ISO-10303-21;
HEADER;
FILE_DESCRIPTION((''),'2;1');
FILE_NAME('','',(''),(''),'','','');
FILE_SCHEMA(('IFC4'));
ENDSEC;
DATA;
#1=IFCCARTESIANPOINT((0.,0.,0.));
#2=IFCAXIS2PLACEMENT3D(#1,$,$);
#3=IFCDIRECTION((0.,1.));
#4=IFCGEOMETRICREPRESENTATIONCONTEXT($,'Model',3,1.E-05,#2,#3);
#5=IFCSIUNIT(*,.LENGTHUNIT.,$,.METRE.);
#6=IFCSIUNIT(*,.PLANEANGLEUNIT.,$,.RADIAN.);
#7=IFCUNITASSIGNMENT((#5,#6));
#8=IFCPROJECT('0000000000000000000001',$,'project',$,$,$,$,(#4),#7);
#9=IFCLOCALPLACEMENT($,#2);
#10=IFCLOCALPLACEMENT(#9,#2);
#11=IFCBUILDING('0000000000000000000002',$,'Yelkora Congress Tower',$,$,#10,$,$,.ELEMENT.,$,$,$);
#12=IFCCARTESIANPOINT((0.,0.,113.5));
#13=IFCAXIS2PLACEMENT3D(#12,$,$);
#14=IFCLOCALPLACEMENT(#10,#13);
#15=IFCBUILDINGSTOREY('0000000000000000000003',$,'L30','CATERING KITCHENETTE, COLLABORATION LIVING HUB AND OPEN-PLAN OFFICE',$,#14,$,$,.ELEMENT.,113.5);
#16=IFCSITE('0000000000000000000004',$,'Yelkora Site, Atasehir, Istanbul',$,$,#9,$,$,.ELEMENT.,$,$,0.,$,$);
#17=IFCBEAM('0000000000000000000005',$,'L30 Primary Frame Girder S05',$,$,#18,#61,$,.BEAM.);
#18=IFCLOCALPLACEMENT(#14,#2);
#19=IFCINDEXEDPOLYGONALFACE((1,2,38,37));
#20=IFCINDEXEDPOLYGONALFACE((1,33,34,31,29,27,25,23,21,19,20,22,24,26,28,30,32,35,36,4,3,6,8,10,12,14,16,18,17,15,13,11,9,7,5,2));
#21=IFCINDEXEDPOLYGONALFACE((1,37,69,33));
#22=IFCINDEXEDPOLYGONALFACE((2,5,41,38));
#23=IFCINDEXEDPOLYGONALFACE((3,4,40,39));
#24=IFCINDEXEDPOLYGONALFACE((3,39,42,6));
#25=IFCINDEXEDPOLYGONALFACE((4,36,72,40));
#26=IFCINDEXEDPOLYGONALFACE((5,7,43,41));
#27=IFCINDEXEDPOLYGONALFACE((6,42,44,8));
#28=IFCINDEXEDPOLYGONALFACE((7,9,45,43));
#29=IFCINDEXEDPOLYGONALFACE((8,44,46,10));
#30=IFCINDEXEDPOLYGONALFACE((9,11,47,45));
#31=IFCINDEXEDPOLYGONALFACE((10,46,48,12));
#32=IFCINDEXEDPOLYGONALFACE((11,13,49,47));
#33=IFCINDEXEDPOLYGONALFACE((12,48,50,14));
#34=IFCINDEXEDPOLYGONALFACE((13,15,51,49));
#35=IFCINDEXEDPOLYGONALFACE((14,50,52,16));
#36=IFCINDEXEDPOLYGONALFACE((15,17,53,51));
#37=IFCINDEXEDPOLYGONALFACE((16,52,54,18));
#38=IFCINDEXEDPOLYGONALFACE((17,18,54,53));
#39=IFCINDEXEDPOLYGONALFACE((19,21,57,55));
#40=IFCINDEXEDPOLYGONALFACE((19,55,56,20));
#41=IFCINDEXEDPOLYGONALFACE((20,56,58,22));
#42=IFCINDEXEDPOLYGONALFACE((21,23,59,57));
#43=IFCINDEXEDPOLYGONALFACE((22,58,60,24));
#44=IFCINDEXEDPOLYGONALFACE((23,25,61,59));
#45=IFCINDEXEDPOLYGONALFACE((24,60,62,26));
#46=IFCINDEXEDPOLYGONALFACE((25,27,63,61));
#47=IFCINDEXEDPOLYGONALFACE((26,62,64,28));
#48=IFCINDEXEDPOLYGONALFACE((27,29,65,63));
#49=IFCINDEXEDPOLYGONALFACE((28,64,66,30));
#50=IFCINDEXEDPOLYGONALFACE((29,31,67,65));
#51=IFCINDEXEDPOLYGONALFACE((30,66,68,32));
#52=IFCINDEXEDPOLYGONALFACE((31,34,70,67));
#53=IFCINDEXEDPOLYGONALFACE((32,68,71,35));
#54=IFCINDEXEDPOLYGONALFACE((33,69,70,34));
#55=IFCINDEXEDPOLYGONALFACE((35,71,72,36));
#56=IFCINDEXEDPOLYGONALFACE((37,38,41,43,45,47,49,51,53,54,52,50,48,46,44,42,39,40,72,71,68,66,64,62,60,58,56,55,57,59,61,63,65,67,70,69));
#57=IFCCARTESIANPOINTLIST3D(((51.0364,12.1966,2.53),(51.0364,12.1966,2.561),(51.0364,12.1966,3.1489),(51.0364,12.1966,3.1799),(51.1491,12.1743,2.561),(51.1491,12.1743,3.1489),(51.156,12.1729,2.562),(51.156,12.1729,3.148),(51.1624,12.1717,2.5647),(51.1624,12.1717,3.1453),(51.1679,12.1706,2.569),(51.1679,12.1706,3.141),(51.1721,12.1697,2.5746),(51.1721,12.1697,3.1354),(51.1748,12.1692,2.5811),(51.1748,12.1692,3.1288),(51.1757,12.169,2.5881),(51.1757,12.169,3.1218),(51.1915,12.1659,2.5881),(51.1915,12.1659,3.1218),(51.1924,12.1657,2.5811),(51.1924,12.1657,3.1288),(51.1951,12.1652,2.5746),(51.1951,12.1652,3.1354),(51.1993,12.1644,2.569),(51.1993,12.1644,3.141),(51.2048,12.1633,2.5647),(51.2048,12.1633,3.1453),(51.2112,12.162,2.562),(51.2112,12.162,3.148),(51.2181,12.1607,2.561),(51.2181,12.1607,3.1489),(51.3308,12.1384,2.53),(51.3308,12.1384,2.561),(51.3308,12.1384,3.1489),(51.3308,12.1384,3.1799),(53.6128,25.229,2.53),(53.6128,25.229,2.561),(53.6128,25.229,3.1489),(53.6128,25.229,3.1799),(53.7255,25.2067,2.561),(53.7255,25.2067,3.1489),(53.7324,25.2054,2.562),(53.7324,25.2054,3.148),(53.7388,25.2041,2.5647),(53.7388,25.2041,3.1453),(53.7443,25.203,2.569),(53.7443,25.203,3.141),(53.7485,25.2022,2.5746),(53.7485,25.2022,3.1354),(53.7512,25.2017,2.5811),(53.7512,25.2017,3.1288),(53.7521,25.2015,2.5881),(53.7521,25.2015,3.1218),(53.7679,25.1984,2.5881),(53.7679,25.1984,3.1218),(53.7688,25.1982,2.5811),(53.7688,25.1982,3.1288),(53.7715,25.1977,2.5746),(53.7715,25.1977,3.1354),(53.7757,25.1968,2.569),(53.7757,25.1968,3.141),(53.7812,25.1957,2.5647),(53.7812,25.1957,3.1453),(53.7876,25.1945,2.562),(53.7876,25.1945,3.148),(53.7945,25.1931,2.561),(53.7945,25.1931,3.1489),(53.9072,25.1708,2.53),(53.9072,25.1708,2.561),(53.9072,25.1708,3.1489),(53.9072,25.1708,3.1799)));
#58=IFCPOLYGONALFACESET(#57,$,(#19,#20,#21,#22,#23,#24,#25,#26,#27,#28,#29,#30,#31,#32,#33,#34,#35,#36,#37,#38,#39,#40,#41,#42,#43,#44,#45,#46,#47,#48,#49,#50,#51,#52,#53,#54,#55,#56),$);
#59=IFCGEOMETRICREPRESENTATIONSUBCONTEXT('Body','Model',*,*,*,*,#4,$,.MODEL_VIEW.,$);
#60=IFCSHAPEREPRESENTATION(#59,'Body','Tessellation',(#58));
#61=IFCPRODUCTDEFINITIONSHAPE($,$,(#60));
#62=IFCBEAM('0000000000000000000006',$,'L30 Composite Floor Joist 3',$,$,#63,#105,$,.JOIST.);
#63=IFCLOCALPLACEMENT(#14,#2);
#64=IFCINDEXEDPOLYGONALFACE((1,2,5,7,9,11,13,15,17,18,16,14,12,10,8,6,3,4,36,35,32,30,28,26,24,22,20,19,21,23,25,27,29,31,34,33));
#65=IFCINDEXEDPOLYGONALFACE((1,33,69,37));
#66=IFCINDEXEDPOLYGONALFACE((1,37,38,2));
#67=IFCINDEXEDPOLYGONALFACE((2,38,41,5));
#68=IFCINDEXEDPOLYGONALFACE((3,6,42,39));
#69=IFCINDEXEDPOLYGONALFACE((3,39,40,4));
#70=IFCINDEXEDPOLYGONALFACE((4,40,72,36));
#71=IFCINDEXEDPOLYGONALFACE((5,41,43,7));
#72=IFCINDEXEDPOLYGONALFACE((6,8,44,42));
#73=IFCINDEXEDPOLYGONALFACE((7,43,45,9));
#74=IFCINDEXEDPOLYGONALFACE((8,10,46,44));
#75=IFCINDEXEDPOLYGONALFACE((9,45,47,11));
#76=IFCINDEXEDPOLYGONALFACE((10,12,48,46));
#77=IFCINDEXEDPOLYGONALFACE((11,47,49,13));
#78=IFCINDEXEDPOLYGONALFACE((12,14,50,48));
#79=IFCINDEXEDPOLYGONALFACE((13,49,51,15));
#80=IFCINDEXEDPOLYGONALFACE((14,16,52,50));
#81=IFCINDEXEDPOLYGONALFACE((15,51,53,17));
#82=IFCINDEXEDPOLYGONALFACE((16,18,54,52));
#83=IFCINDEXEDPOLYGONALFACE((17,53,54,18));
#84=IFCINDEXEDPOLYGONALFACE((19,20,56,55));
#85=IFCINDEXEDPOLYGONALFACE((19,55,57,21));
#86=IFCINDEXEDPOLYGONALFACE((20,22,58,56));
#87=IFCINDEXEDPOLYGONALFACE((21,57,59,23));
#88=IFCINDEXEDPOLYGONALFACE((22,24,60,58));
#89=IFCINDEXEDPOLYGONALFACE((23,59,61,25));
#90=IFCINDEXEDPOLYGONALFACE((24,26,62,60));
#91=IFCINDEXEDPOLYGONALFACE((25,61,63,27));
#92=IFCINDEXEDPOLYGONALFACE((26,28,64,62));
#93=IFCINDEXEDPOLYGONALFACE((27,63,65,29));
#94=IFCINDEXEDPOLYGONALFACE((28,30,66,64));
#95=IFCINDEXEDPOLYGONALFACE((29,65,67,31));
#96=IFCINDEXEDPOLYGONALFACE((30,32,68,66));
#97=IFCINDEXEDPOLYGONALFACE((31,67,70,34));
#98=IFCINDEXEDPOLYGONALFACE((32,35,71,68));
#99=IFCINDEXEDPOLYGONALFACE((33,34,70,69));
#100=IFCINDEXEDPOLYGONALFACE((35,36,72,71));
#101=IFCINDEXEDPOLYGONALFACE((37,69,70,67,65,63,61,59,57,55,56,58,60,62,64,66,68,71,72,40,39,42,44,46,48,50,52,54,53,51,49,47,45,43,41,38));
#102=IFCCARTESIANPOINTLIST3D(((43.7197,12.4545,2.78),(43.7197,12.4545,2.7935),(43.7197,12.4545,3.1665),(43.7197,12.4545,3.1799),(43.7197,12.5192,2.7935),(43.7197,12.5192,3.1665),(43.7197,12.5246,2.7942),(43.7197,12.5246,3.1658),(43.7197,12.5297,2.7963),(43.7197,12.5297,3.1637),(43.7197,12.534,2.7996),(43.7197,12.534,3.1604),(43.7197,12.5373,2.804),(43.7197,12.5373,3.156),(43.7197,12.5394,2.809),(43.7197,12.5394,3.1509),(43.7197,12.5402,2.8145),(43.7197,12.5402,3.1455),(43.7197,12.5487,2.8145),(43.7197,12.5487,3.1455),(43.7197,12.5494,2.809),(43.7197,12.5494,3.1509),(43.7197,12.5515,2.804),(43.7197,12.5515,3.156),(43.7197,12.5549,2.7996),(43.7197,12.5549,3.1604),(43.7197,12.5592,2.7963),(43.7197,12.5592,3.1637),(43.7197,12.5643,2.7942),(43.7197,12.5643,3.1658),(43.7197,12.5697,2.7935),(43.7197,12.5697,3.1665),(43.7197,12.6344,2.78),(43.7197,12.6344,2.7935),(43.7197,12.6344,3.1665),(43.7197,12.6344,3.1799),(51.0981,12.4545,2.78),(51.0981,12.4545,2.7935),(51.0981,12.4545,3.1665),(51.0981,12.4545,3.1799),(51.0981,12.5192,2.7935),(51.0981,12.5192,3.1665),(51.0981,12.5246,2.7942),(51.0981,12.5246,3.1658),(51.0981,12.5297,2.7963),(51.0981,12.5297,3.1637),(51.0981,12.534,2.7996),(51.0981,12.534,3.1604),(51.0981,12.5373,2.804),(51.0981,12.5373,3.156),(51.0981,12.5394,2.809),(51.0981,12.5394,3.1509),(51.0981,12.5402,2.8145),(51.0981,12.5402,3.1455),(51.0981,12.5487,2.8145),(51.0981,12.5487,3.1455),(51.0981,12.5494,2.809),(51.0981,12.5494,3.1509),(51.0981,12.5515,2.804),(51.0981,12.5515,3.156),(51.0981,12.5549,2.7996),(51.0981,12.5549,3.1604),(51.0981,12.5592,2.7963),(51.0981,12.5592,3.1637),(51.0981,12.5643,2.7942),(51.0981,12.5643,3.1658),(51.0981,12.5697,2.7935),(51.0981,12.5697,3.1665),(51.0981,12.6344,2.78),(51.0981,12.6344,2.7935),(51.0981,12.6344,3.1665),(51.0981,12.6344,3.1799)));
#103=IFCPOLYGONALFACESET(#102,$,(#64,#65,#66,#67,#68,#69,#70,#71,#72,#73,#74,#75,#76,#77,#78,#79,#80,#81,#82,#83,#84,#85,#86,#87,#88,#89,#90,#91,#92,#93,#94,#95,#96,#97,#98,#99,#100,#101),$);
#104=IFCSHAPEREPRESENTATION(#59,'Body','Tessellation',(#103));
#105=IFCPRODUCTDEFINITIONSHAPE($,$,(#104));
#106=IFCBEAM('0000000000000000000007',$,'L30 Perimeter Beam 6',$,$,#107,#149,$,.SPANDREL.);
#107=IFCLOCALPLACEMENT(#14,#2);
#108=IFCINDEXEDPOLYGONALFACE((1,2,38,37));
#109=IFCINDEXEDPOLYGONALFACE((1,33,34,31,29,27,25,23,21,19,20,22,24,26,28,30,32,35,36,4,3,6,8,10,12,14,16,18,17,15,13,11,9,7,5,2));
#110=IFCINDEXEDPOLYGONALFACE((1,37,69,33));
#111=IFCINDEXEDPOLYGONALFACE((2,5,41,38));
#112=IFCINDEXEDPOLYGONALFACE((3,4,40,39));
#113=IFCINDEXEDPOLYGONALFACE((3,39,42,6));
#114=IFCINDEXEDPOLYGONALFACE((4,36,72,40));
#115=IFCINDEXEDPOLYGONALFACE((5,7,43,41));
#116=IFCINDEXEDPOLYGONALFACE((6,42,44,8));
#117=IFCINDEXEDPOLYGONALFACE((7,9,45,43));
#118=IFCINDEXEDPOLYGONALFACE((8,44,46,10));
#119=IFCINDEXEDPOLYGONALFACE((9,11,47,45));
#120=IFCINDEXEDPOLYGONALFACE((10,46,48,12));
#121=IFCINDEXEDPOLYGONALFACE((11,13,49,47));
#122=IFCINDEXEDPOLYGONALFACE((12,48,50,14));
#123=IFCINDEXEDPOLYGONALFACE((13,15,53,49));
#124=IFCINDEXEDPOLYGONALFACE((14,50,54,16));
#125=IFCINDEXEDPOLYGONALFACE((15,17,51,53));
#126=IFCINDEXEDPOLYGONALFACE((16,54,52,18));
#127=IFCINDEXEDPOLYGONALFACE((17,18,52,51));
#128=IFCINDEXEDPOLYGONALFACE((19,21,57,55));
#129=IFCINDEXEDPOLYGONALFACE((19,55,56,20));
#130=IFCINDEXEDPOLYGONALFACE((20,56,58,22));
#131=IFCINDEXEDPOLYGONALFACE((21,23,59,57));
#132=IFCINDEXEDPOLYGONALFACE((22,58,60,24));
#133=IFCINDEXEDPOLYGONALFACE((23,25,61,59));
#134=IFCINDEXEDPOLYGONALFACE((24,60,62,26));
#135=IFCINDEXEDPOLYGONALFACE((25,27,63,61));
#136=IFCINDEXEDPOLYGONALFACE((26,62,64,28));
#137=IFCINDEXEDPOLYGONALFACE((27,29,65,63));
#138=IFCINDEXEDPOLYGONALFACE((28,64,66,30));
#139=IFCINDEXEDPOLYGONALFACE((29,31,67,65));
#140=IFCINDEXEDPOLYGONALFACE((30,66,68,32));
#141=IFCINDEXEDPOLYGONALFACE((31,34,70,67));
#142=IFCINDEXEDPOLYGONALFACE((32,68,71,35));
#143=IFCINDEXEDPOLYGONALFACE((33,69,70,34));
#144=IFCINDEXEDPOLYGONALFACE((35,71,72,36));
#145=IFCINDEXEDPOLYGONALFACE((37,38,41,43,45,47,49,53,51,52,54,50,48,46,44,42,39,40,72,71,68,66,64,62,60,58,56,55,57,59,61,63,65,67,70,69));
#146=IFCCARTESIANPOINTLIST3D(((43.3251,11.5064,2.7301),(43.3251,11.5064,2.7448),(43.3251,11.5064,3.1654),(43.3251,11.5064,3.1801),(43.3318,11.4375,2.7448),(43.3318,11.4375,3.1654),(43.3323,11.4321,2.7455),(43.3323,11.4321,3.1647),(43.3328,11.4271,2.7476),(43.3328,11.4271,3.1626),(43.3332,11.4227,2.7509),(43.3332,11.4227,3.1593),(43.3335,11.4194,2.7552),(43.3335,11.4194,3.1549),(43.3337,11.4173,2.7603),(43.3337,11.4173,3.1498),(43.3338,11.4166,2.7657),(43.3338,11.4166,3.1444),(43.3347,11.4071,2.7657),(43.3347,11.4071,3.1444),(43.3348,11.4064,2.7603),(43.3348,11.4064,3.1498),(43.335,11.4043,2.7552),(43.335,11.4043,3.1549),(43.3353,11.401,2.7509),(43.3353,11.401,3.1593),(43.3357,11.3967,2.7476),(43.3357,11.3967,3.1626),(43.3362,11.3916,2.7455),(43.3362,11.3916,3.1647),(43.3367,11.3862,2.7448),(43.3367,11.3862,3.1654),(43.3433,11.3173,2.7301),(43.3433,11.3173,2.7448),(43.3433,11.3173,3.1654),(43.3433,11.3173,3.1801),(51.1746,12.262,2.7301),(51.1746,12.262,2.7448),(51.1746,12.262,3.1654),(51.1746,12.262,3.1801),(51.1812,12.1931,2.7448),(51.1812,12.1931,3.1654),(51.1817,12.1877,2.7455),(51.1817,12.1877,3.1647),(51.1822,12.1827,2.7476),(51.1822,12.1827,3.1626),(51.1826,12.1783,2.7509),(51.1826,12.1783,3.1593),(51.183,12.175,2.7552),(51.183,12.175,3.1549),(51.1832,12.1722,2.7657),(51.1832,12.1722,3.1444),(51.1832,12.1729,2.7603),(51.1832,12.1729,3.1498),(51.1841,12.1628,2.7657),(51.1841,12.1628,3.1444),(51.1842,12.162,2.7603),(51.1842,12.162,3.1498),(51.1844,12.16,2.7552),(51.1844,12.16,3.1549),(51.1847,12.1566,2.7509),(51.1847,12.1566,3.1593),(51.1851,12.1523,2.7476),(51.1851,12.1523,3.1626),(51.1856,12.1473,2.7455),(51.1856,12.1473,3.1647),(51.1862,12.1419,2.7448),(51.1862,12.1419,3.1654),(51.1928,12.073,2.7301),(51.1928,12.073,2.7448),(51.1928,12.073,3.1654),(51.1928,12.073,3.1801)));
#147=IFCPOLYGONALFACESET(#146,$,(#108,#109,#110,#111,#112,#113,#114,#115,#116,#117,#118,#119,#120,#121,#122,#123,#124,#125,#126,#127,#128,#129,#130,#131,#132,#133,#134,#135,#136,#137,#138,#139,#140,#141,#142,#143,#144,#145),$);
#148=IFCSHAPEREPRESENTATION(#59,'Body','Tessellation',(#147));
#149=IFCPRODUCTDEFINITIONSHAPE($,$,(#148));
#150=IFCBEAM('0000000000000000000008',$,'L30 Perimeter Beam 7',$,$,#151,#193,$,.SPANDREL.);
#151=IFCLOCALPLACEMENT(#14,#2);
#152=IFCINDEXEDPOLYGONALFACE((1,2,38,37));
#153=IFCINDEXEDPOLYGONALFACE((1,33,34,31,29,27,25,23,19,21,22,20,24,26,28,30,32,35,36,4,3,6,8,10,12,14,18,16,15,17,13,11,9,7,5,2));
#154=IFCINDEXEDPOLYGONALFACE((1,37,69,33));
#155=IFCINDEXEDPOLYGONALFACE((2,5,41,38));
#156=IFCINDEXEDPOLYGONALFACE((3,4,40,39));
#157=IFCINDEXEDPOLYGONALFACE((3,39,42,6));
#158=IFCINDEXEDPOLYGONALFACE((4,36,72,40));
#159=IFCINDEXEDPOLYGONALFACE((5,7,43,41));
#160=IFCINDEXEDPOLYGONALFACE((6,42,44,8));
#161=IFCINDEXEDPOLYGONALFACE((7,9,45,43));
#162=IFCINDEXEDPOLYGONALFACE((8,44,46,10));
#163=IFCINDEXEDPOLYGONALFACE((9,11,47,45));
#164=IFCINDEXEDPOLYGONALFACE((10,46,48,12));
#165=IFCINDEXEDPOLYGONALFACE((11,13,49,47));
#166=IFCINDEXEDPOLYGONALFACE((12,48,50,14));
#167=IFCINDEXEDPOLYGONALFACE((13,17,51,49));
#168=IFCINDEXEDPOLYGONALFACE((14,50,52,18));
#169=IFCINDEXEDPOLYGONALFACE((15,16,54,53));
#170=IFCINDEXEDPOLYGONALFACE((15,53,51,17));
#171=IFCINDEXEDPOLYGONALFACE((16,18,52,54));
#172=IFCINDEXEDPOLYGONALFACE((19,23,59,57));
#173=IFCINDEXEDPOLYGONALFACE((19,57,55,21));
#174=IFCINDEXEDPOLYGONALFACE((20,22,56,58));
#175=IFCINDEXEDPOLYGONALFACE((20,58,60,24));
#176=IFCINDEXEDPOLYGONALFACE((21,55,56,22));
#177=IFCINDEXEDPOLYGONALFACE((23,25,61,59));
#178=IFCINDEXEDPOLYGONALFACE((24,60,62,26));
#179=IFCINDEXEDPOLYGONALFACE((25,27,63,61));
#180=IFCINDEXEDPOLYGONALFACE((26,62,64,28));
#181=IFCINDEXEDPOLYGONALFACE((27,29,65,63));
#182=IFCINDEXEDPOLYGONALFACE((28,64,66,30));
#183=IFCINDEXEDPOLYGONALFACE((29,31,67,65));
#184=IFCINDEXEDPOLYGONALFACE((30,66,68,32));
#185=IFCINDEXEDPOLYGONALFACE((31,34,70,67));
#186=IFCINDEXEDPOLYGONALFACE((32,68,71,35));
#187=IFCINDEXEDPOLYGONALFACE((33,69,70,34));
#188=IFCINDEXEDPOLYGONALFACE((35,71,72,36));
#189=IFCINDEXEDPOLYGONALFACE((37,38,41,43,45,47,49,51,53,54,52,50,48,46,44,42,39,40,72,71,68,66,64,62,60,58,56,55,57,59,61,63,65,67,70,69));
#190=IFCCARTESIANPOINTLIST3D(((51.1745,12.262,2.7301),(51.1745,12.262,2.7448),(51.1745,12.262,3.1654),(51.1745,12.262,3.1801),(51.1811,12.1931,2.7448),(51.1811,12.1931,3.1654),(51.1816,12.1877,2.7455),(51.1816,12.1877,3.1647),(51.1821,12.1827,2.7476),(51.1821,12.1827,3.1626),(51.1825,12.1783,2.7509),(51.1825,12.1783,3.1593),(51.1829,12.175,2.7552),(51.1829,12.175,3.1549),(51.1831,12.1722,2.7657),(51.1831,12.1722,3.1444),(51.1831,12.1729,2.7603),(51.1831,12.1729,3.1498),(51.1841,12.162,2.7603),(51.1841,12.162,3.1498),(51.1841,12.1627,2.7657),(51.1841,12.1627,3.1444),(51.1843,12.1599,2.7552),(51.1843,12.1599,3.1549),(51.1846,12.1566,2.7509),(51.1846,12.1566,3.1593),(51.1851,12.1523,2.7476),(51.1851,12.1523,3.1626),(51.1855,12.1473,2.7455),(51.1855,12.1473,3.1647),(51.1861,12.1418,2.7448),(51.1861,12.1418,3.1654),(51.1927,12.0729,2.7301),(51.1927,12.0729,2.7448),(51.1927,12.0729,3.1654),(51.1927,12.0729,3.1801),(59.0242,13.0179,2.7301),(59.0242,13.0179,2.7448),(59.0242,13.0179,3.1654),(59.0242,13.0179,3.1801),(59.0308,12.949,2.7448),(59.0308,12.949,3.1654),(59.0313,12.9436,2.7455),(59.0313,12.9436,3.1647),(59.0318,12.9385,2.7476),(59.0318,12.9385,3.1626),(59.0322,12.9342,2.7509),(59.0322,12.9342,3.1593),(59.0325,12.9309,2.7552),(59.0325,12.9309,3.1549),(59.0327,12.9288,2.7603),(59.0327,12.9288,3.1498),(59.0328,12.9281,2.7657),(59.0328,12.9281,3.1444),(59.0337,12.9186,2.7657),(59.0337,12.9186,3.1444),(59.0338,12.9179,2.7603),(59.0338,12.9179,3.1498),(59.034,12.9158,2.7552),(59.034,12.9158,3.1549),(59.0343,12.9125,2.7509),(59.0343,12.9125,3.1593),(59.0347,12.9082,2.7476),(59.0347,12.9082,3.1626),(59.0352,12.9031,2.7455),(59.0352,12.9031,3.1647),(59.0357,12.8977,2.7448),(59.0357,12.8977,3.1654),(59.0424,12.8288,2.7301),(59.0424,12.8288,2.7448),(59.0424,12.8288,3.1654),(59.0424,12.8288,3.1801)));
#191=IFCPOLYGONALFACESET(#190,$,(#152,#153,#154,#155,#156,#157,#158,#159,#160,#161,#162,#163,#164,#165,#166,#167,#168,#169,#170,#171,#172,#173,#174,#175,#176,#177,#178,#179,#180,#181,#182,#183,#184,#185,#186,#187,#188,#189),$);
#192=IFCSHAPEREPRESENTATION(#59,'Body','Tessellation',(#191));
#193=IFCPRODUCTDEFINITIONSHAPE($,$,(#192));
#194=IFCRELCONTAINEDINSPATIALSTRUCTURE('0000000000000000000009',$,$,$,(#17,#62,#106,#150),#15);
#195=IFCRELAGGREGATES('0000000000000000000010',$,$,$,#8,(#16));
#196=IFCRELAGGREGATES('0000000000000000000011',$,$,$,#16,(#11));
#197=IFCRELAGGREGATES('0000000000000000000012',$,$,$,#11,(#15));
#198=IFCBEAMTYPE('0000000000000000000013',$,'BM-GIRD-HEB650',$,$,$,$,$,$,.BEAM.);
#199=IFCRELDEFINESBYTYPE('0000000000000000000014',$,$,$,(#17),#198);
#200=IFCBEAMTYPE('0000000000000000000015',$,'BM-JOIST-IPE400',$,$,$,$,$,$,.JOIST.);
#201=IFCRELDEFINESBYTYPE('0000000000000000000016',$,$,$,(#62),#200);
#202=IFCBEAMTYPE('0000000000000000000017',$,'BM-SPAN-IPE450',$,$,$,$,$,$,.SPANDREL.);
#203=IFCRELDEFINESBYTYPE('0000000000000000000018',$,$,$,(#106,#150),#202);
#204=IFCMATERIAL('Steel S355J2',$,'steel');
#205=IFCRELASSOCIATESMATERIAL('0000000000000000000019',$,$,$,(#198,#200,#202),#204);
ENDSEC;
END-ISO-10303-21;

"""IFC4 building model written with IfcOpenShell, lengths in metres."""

from ifc_helpers import new_model, si_unit, direction, frame, origin, origin_2d, place, context, subcontext, project, spatial, i_section, extrude, material, material_profile, profile_set, type_object, element, save


model = new_model("IFC4")

# Units and contexts
model_context = context("Model", 3, precision=1e-05, world=origin(), true_north=direction((0.0, 1.0)))
body_context = subcontext(model_context, "Body", "Model", "MODEL_VIEW")
ifc_project = project(units=[si_unit("LENGTHUNIT", "METRE"), si_unit("PLANEANGLEUNIT", "RADIAN")], contexts=[model_context])

# Site, building, storey
site_placement = place(None, origin())
site = spatial("IfcSite", under=ifc_project, at=site_placement, Name="Yelkora Site, Atasehir, Istanbul", CompositionType="ELEMENT", RefElevation=0.0)
building_placement = place(site_placement, origin())
building = spatial("IfcBuilding", under=site, at=building_placement, Name="Yelkora Congress Tower", CompositionType="ELEMENT")
storey_placement = place(building_placement, frame((0.0, 0.0, 113.5)))
storey = spatial("IfcBuildingStorey", under=building, at=storey_placement, Name="L30", Description="CATERING KITCHENETTE, COLLABORATION LIVING HUB AND OPEN-PLAN OFFICE", CompositionType="ELEMENT", Elevation=113.5)

# Beams
ifc_material_1 = material(Name="Steel S355J2", Category="steel")
ifc_material_profile_1 = material_profile(ifc_material_1, i_section(OverallWidth=0.3, OverallDepth=0.6499, WebThickness=0.0161, FlangeThickness=0.031, FilletRadius=0.0271, at=origin_2d()), Name="HEB 650")
ifc_profile_set_1 = profile_set([ifc_material_profile_1], Name="Steel S355J2")
beam_type_1 = type_object("IfcBeamType", Name="BM-GIRD-HEB650", PredefinedType="BEAM", material=ifc_profile_set_1)
beam_1_placement = place(storey_placement, frame((51.1836, 12.1675, 2.855), z_axis=(0.193939, 0.981014, 0.0), x_axis=(-0.981014, 0.193939, 0.0)))
element("IfcBeam", 1, at=beam_1_placement, inside=storey, type_object=beam_type_1, Name="L30 Primary Frame Girder S05", PredefinedType="BEAM", context=body_context, shape_type="SweptSolid", body=[
    extrude(i_section(OverallWidth=0.3, OverallDepth=0.6499, WebThickness=0.0161, FlangeThickness=0.031, FilletRadius=0.0271, at=origin_2d()), origin(), (0.0, 0.0, 1.0), 13.2847),
])
ifc_material_profile_2 = material_profile(ifc_material_1, i_section(OverallWidth=0.1799, OverallDepth=0.3999, WebThickness=0.0085, FlangeThickness=0.0134, FilletRadius=0.021, at=origin_2d()), Name="IPE 400")
ifc_profile_set_2 = profile_set([ifc_material_profile_2], Name="Steel S355J2")
beam_type_2 = type_object("IfcBeamType", Name="BM-JOIST-IPE400", PredefinedType="JOIST", material=ifc_profile_set_2)
beam_2_placement = place(storey_placement, frame((43.7197, 12.5444, 2.98), z_axis=(1.0, 0.0, 0.0), x_axis=(0.0, 1.0, 0.0)))
element("IfcBeam", 2, at=beam_2_placement, inside=storey, type_object=beam_type_2, Name="L30 Composite Floor Joist 3", PredefinedType="JOIST", context=body_context, shape_type="SweptSolid", body=[
    extrude(i_section(OverallWidth=0.1799, OverallDepth=0.3999, WebThickness=0.0085, FlangeThickness=0.0134, FilletRadius=0.021, at=origin_2d()), origin(), (0.0, 0.0, 1.0), 7.3784),
])
ifc_material_profile_3 = material_profile(ifc_material_1, i_section(OverallWidth=0.1899, OverallDepth=0.45, WebThickness=0.0095, FlangeThickness=0.0146, FilletRadius=0.021, at=origin_2d()), Name="IPE 450")
ifc_profile_set_3 = profile_set([ifc_material_profile_3], Name="Steel S355J2")
beam_type_3 = type_object("IfcBeamType", Name="BM-SPAN-IPE450", PredefinedType="SPANDREL", material=ifc_profile_set_3)
beam_3_placement = place(storey_placement, frame((43.3342, 11.4119, 2.9551), z_axis=(0.995399, 0.095822, 0.0), x_axis=(-0.095822, 0.995399, 0.0)))
element("IfcBeam", 3, at=beam_3_placement, inside=storey, type_object=beam_type_3, Name="L30 Perimeter Beam 6", PredefinedType="SPANDREL", context=body_context, shape_type="SweptSolid", body=[
    extrude(i_section(OverallWidth=0.1899, OverallDepth=0.45, WebThickness=0.0095, FlangeThickness=0.0146, FilletRadius=0.021, at=origin_2d()), origin(), (0.0, 0.0, 1.0), 7.8857),
])
beam_4_placement = place(storey_placement, frame((51.1836, 12.1675, 2.9551), z_axis=(0.995396, 0.095849, 0.0), x_axis=(-0.095849, 0.995396, 0.0)))
element("IfcBeam", 4, at=beam_4_placement, inside=storey, type_object=beam_type_3, Name="L30 Perimeter Beam 7", PredefinedType="SPANDREL", context=body_context, shape_type="SweptSolid", body=[
    extrude(i_section(OverallWidth=0.1899, OverallDepth=0.45, WebThickness=0.0095, FlangeThickness=0.0146, FilletRadius=0.021, at=origin_2d()), origin(), (0.0, 0.0, 1.0), 7.886),
])

save(model, "model.ifc")
